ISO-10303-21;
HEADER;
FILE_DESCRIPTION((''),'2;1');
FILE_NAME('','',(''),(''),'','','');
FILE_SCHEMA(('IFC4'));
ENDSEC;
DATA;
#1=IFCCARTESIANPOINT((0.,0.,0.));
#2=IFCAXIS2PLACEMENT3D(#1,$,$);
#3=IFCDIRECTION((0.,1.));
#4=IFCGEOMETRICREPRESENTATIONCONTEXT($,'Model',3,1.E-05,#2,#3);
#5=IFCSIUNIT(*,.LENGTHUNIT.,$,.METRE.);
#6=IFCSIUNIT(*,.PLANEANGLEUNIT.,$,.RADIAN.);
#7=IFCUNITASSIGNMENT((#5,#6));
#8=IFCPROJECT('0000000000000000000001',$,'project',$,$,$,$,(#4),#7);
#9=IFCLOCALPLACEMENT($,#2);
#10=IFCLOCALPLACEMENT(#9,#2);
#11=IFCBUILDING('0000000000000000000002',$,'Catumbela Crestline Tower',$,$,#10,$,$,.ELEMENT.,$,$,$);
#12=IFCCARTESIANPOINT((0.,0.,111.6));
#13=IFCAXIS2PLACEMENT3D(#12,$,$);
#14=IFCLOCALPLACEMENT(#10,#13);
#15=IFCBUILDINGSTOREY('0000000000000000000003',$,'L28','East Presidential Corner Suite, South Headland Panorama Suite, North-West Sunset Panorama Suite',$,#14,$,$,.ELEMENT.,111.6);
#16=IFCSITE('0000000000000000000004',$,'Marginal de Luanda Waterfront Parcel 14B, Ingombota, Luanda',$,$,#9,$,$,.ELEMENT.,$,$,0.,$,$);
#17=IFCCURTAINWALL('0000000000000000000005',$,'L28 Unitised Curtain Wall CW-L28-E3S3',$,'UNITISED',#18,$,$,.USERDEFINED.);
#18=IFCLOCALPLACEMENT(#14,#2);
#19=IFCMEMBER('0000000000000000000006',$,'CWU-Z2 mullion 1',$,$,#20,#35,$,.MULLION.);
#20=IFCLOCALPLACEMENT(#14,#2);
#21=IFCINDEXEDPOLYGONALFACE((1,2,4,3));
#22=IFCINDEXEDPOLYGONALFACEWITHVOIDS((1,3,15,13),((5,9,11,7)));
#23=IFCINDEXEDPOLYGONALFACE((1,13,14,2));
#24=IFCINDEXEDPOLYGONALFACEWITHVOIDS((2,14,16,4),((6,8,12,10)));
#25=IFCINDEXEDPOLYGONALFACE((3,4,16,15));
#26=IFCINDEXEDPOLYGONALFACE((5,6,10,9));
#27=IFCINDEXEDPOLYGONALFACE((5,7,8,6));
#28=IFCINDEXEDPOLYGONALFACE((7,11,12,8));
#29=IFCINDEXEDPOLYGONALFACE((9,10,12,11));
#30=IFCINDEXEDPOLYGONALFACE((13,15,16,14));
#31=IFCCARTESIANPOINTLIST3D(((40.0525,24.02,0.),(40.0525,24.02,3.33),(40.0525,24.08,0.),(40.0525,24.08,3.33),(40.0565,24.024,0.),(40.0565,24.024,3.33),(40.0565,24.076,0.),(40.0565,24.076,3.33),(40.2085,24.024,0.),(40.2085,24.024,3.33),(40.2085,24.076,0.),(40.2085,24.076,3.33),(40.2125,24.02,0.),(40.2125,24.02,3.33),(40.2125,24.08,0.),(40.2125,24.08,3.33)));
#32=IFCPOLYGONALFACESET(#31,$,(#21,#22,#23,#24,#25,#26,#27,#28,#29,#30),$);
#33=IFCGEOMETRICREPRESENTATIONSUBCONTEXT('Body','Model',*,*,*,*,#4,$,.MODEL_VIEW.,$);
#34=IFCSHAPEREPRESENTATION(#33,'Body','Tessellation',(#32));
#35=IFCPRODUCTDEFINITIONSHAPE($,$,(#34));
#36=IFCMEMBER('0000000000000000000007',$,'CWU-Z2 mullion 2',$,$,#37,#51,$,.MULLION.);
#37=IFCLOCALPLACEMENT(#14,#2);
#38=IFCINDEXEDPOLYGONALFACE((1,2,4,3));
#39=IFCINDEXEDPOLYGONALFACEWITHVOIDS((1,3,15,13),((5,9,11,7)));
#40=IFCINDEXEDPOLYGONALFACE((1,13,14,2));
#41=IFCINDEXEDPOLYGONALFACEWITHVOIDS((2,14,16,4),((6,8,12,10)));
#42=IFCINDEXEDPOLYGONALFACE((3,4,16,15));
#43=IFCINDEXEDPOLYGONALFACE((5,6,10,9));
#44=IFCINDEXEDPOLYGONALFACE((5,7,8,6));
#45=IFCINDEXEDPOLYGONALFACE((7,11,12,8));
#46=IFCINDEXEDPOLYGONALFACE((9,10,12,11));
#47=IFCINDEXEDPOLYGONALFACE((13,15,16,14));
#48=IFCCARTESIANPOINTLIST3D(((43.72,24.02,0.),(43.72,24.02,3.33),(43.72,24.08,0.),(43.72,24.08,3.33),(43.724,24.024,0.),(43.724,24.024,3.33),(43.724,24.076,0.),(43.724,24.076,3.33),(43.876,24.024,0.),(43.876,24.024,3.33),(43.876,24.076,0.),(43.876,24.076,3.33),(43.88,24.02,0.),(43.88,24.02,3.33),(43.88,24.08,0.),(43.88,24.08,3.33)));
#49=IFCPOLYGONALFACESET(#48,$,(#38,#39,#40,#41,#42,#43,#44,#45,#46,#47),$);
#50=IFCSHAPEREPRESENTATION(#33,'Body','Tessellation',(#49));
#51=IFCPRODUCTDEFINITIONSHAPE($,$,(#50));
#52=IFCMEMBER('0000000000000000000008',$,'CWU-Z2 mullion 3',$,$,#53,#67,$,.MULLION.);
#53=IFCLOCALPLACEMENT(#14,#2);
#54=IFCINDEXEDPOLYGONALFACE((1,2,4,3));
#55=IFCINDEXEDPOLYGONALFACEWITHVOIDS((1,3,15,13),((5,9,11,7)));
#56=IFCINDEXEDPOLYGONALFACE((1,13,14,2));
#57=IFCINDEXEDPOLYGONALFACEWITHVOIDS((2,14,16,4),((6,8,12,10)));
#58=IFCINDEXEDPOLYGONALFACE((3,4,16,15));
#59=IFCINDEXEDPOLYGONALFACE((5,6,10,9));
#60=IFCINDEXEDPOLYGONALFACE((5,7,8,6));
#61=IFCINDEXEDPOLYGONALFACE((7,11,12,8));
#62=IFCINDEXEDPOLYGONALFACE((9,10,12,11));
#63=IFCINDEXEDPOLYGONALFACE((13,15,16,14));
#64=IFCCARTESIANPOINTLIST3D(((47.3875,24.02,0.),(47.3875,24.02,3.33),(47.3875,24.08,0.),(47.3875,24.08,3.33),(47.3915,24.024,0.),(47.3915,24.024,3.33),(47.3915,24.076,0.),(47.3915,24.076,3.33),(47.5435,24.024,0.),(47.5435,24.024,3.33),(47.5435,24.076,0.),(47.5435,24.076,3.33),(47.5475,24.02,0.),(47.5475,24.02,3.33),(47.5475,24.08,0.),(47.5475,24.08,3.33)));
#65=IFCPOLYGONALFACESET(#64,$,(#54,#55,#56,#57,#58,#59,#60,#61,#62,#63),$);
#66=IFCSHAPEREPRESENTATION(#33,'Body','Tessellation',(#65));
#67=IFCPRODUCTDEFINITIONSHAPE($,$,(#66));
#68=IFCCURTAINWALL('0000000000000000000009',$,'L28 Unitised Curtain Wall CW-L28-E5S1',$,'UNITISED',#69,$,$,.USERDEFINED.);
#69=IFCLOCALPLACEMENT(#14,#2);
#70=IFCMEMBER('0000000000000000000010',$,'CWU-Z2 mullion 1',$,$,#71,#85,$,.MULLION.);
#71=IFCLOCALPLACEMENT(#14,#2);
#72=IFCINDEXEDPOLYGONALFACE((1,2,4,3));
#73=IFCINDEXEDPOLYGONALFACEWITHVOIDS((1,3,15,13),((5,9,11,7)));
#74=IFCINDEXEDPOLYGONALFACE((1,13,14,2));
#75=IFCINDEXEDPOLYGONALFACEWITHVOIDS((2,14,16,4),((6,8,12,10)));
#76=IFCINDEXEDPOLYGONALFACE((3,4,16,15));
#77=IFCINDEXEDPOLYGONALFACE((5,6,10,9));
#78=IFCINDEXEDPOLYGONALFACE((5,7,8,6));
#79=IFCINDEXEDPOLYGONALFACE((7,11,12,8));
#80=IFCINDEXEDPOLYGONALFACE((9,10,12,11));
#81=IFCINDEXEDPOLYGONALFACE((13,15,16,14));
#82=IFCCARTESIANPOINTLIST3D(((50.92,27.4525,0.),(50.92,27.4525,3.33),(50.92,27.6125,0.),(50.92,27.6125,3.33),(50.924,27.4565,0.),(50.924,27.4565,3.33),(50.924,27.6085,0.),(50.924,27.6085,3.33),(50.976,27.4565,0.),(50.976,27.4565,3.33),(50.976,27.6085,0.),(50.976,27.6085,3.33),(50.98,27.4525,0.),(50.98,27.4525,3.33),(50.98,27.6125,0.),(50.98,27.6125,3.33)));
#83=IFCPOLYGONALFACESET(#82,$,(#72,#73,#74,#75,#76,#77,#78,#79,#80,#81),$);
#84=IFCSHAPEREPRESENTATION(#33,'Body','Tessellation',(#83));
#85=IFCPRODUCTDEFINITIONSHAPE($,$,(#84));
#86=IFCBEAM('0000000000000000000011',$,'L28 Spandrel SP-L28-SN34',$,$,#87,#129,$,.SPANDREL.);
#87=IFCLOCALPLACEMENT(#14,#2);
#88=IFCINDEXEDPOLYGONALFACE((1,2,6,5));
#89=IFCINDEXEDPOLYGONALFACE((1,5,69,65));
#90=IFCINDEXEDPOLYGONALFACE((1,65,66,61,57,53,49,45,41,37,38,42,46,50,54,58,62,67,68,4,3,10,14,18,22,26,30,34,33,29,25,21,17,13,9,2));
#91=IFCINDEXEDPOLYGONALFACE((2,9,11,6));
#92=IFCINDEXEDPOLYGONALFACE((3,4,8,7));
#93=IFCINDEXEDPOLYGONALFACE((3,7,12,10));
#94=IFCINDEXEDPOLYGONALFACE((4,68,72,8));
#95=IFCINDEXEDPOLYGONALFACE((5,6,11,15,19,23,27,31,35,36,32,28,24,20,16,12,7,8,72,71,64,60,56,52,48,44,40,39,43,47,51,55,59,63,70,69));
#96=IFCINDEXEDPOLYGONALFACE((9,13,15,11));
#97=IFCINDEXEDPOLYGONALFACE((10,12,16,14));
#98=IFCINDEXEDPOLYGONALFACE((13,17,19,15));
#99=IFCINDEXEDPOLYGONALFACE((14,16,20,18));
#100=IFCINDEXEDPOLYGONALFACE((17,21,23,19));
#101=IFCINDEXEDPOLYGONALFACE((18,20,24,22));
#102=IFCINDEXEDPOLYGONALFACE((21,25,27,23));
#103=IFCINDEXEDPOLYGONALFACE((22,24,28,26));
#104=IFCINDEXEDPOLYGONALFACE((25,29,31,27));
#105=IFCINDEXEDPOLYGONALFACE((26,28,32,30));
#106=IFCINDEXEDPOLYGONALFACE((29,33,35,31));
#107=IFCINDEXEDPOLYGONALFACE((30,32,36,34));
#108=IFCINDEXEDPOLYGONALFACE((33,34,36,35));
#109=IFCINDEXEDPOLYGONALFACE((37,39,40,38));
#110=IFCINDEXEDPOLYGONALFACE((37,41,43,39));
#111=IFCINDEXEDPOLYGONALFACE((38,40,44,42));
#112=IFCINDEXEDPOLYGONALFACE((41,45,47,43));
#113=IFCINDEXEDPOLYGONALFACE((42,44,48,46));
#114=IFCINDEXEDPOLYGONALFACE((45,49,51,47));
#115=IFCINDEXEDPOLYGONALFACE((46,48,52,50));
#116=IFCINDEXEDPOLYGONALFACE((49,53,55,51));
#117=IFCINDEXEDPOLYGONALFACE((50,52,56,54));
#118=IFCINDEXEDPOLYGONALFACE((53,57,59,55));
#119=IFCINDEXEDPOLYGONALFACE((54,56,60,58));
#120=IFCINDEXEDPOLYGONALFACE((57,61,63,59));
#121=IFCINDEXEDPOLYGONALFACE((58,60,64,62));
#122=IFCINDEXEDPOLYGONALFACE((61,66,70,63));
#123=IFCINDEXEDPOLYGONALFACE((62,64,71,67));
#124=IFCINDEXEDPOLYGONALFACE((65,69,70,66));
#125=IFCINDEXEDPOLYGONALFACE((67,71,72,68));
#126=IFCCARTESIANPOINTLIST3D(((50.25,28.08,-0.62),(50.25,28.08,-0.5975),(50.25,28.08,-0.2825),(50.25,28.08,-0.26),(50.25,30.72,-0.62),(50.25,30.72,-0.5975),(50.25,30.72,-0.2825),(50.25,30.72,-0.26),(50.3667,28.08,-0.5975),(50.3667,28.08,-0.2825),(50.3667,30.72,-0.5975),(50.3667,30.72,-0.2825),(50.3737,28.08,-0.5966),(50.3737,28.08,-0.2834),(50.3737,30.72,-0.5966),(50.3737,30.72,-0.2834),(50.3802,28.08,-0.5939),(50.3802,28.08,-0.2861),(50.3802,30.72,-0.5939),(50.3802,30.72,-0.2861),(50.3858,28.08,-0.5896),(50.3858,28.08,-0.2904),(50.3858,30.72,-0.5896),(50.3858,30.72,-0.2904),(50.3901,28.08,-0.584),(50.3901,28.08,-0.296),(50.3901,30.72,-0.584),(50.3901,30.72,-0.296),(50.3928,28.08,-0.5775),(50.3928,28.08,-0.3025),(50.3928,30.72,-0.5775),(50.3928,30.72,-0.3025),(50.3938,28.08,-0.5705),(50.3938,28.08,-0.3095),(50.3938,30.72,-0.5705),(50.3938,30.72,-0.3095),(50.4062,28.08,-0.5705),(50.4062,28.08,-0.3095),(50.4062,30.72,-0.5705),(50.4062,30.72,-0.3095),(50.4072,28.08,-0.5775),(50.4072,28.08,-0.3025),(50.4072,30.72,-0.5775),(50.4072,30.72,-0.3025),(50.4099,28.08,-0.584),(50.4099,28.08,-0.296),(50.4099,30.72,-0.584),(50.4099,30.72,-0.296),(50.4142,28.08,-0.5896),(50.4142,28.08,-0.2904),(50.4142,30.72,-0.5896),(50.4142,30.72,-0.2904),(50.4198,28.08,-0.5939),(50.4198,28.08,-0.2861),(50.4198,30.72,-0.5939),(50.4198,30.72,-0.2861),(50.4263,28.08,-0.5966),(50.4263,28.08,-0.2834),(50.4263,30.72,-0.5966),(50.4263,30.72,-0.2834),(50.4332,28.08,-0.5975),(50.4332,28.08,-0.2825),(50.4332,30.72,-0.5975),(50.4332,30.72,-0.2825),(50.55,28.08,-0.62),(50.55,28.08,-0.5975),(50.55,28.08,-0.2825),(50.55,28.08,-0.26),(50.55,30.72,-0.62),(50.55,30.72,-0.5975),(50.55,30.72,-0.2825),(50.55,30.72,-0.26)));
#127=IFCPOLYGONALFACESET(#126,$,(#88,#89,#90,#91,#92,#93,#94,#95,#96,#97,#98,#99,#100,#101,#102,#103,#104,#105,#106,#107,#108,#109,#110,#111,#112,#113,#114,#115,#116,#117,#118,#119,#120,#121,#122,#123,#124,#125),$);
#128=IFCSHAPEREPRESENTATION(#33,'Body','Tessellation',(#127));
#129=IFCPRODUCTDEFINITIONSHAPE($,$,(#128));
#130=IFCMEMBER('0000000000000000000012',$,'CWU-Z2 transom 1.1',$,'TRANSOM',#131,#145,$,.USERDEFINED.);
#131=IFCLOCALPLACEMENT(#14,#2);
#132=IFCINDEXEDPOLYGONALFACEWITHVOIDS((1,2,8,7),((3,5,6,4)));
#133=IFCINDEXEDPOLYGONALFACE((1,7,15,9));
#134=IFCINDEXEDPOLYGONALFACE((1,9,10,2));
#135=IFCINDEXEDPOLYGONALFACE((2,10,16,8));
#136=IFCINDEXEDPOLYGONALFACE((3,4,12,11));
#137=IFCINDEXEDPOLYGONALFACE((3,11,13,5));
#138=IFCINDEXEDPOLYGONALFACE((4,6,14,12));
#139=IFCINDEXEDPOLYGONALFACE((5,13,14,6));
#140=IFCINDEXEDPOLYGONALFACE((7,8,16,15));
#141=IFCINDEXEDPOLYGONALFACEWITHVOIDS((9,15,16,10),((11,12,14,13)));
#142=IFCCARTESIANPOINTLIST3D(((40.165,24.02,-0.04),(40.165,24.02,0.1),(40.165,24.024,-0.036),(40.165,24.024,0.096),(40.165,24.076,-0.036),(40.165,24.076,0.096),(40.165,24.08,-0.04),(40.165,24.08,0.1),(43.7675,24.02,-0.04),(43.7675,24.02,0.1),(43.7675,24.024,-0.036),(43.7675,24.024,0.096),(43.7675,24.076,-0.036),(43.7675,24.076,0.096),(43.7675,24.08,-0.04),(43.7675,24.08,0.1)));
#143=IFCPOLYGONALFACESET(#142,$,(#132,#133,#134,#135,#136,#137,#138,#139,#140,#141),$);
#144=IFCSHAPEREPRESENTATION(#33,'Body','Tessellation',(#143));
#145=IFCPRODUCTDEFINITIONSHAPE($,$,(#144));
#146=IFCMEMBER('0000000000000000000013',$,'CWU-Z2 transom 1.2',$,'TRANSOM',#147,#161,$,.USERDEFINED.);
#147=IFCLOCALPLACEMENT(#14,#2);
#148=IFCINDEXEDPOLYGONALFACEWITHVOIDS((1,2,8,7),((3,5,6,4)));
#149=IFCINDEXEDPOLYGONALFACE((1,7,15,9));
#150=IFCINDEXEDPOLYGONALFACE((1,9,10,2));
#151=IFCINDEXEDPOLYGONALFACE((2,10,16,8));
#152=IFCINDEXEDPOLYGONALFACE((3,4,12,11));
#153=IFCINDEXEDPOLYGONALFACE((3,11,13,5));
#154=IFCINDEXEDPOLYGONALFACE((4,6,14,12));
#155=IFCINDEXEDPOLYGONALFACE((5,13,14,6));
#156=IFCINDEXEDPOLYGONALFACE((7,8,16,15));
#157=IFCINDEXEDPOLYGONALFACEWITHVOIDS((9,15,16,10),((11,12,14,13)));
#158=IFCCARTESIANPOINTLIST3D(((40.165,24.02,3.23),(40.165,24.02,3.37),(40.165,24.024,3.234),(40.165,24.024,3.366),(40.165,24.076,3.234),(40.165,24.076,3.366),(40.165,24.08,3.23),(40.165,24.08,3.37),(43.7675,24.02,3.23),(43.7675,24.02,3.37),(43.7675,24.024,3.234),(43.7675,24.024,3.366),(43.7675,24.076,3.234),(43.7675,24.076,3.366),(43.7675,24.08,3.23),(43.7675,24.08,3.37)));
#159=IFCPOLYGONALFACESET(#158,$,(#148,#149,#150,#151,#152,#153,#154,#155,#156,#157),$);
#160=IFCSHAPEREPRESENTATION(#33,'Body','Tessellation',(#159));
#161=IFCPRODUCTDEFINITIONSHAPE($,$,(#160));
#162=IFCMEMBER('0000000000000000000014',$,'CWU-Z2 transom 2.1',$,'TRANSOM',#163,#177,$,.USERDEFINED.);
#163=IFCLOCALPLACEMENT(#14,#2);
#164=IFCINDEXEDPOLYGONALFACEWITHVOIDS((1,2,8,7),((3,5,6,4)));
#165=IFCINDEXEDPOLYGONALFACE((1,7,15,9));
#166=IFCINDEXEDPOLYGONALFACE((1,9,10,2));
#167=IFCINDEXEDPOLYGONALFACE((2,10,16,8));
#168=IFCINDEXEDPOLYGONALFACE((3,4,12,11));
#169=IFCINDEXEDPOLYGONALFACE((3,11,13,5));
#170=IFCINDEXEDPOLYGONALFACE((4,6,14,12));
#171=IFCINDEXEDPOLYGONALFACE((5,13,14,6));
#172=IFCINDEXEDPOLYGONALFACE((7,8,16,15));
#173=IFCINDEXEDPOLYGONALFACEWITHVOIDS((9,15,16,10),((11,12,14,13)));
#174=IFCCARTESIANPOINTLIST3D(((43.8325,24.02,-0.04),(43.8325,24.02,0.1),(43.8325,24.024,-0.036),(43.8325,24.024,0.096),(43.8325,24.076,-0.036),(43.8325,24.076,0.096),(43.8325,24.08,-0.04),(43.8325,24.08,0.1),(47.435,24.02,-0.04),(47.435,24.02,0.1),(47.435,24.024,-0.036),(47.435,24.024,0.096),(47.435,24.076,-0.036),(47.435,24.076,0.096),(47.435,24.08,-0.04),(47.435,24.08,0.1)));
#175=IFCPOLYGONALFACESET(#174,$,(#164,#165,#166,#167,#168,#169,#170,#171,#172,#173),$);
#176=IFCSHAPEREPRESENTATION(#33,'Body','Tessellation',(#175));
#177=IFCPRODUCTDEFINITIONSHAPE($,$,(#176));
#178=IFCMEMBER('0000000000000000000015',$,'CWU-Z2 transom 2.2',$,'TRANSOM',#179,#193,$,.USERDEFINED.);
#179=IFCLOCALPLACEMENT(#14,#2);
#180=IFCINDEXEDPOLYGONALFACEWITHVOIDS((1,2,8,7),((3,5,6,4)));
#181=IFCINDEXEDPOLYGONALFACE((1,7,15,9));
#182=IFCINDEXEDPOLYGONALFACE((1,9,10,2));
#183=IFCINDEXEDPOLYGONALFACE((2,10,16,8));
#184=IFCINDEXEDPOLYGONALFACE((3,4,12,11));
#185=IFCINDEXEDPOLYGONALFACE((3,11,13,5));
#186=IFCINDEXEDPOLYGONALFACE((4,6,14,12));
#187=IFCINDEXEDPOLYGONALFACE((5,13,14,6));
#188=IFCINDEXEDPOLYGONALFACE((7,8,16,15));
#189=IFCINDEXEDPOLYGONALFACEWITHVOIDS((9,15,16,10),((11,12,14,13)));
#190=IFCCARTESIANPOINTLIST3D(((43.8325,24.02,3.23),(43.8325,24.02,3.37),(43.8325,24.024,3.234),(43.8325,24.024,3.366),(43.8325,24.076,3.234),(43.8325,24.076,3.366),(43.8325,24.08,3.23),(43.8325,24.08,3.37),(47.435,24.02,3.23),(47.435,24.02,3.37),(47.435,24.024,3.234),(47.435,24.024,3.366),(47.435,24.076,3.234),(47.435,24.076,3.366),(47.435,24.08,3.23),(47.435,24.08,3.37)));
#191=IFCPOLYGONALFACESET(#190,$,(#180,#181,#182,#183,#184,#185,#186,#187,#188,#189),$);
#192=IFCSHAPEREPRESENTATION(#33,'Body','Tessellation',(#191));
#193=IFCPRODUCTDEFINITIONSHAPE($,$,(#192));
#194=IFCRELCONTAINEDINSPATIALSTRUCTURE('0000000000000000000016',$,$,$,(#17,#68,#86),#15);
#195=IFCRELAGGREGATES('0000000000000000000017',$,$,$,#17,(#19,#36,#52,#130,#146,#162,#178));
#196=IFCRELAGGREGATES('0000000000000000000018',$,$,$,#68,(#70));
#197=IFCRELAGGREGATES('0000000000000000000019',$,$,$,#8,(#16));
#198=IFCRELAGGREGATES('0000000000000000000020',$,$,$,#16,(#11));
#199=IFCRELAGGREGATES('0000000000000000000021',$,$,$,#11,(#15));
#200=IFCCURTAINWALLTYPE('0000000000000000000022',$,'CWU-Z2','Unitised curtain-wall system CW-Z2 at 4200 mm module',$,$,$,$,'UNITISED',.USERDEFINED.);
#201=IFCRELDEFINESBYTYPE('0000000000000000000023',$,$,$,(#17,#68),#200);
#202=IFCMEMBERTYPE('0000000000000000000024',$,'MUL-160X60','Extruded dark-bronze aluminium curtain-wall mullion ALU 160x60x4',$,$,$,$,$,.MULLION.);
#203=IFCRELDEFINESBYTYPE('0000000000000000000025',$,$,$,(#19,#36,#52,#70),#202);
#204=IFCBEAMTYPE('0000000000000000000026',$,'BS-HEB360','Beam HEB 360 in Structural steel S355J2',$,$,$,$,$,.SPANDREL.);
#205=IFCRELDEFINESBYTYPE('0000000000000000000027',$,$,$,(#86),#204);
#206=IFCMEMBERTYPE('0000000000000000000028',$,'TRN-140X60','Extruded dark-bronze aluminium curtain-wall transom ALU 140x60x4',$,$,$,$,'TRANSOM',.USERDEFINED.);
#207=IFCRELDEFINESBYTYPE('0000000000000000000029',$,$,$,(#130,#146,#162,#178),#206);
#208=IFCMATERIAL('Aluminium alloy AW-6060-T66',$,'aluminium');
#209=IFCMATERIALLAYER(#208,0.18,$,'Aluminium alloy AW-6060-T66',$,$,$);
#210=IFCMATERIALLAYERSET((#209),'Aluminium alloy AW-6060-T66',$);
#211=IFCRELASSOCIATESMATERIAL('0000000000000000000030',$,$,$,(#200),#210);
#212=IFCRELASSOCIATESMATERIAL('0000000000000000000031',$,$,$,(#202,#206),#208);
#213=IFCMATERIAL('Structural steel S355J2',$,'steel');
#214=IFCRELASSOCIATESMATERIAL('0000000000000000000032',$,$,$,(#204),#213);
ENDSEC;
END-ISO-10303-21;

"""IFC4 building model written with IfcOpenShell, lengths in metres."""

from ifc_helpers import new_model, si_unit, direction, frame, origin, origin_2d, place, context, subcontext, project, spatial, hollow_rectangle, i_section, extrude, material, layer, layer_set, material_profile, profile_set, type_object, element, aggregate, save


model = new_model("IFC4")

# Units and contexts
model_context = context("Model", 3, precision=1e-05, world=origin(), true_north=direction((0.0, 1.0)))
body_context = subcontext(model_context, "Body", "Model", "MODEL_VIEW")
ifc_project = project(units=[si_unit("LENGTHUNIT", "METRE"), si_unit("PLANEANGLEUNIT", "RADIAN")], contexts=[model_context])

# Site, building, storey
site_placement = place(None, origin())
site = spatial("IfcSite", under=ifc_project, at=site_placement, Name="Marginal de Luanda Waterfront Parcel 14B, Ingombota, Luanda", CompositionType="ELEMENT", RefElevation=0.0)
building_placement = place(site_placement, origin())
building = spatial("IfcBuilding", under=site, at=building_placement, Name="Catumbela Crestline Tower", CompositionType="ELEMENT")
storey_placement = place(building_placement, frame((0.0, 0.0, 111.6)))
storey = spatial("IfcBuildingStorey", under=building, at=storey_placement, Name="L28", Description="East Presidential Corner Suite, South Headland Panorama Suite, North-West Sunset Panorama Suite", CompositionType="ELEMENT", Elevation=111.6)

# Shared definitions
ifc_material_1 = material(Name="Structural steel S355J2", Category="steel")

# Curtain wall, members
ifc_material_2 = material(Name="Aluminium alloy AW-6060-T66", Category="aluminium")
ifc_layer_1 = layer(ifc_material_2, 0.18, Name="Aluminium alloy AW-6060-T66")
ifc_layer_set_1 = layer_set([ifc_layer_1], Name="Aluminium alloy AW-6060-T66")
curtain_wall_type = type_object("IfcCurtainWallType", Name="CWU-Z2", Description="Unitised curtain-wall system CW-Z2 at 4200 mm module", ElementType="UNITISED", PredefinedType="USERDEFINED", material=ifc_layer_set_1)
curtain_wall_1_placement = place(storey_placement, origin())
curtain_wall_1 = element("IfcCurtainWall", 1, at=curtain_wall_1_placement, inside=storey, type_object=curtain_wall_type, Name="L28 Unitised Curtain Wall CW-L28-E3S3", ObjectType="UNITISED", PredefinedType="USERDEFINED")
ifc_material_profile_1 = material_profile(ifc_material_2, hollow_rectangle(XDim=0.06, YDim=0.16, WallThickness=0.004, at=origin_2d()), Name="ALU 160x60x4")
ifc_profile_set_1 = profile_set([ifc_material_profile_1], Name="Aluminium alloy AW-6060-T66")
member_type_1 = type_object("IfcMemberType", Name="MUL-160X60", Description="Extruded dark-bronze aluminium curtain-wall mullion ALU 160x60x4", PredefinedType="MULLION", material=ifc_profile_set_1)
member_1_placement = place(storey_placement, frame((40.1325, 24.05, 0.0), z_axis=(0.0, 0.0, 1.0), x_axis=(0.0, 1.0, 0.0)))
member_1 = element("IfcMember", 2, at=member_1_placement, type_object=member_type_1, Name="CWU-Z2 mullion 1", PredefinedType="MULLION", context=body_context, shape_type="SweptSolid", body=[
    extrude(hollow_rectangle(XDim=0.06, YDim=0.16, WallThickness=0.004, at=origin_2d()), origin(), (0.0, 0.0, 1.0), 3.33),
])
member_2_placement = place(storey_placement, frame((43.8, 24.05, 0.0), z_axis=(0.0, 0.0, 1.0), x_axis=(0.0, 1.0, 0.0)))
member_2 = element("IfcMember", 3, at=member_2_placement, type_object=member_type_1, Name="CWU-Z2 mullion 2", PredefinedType="MULLION", context=body_context, shape_type="SweptSolid", body=[
    extrude(hollow_rectangle(XDim=0.06, YDim=0.16, WallThickness=0.004, at=origin_2d()), origin(), (0.0, 0.0, 1.0), 3.33),
])
member_3_placement = place(storey_placement, frame((47.4675, 24.05, 0.0), z_axis=(0.0, 0.0, 1.0), x_axis=(0.0, 1.0, 0.0)))
member_3 = element("IfcMember", 4, at=member_3_placement, type_object=member_type_1, Name="CWU-Z2 mullion 3", PredefinedType="MULLION", context=body_context, shape_type="SweptSolid", body=[
    extrude(hollow_rectangle(XDim=0.06, YDim=0.16, WallThickness=0.004, at=origin_2d()), origin(), (0.0, 0.0, 1.0), 3.33),
])

# Curtain wall, member
curtain_wall_2_placement = place(storey_placement, origin())
curtain_wall_2 = element("IfcCurtainWall", 5, at=curtain_wall_2_placement, inside=storey, type_object=curtain_wall_type, Name="L28 Unitised Curtain Wall CW-L28-E5S1", ObjectType="UNITISED", PredefinedType="USERDEFINED")
member_4_placement = place(storey_placement, frame((50.95, 27.5325, 0.0), z_axis=(0.0, 0.0, 1.0), x_axis=(-1.0, 0.0, 0.0)))
member_4 = element("IfcMember", 6, at=member_4_placement, type_object=member_type_1, Name="CWU-Z2 mullion 1", PredefinedType="MULLION", context=body_context, shape_type="SweptSolid", body=[
    extrude(hollow_rectangle(XDim=0.06, YDim=0.16, WallThickness=0.004, at=origin_2d()), origin(), (0.0, 0.0, 1.0), 3.33),
])

# Beam
ifc_material_profile_2 = material_profile(ifc_material_1, i_section(OverallWidth=0.3, OverallDepth=0.36, WebThickness=0.0125, FlangeThickness=0.0225, FilletRadius=0.027, at=origin_2d()), Name="HEB 360")
ifc_profile_set_2 = profile_set([ifc_material_profile_2], Name="Structural steel S355J2")
beam_type_1 = type_object("IfcBeamType", Name="BS-HEB360", Description="Beam HEB 360 in Structural steel S355J2", PredefinedType="SPANDREL", material=ifc_profile_set_2)
beam_1_placement = place(storey_placement, frame((50.4, 28.08, -0.44), z_axis=(0.0, 1.0, 0.0), x_axis=(-1.0, 0.0, 0.0)))
element("IfcBeam", 7, at=beam_1_placement, inside=storey, type_object=beam_type_1, Name="L28 Spandrel SP-L28-SN34", PredefinedType="SPANDREL", context=body_context, shape_type="SweptSolid", body=[
    extrude(i_section(OverallWidth=0.3, OverallDepth=0.36, WebThickness=0.0125, FlangeThickness=0.0225, FilletRadius=0.027, at=origin_2d()), origin(), (0.0, 0.0, 1.0), 2.64),
])

# Members
ifc_material_profile_3 = material_profile(ifc_material_2, hollow_rectangle(XDim=0.06, YDim=0.14, WallThickness=0.004, at=origin_2d()), Name="ALU 140x60x4")
ifc_profile_set_3 = profile_set([ifc_material_profile_3], Name="Aluminium alloy AW-6060-T66")
member_type_2 = type_object("IfcMemberType", Name="TRN-140X60", Description="Extruded dark-bronze aluminium curtain-wall transom ALU 140x60x4", ElementType="TRANSOM", PredefinedType="USERDEFINED", material=ifc_profile_set_3)
member_5_placement = place(storey_placement, frame((40.165, 24.05, 0.03), z_axis=(1.0, 0.0, 0.0), x_axis=(0.0, 1.0, 0.0)))
member_5 = element("IfcMember", 8, at=member_5_placement, type_object=member_type_2, Name="CWU-Z2 transom 1.1", ObjectType="TRANSOM", PredefinedType="USERDEFINED", context=body_context, shape_type="SweptSolid", body=[
    extrude(hollow_rectangle(XDim=0.06, YDim=0.14, WallThickness=0.004, at=origin_2d()), origin(), (0.0, 0.0, 1.0), 3.6025),
])
member_6_placement = place(storey_placement, frame((40.165, 24.05, 3.3), z_axis=(1.0, 0.0, 0.0), x_axis=(0.0, 1.0, 0.0)))
member_6 = element("IfcMember", 9, at=member_6_placement, type_object=member_type_2, Name="CWU-Z2 transom 1.2", ObjectType="TRANSOM", PredefinedType="USERDEFINED", context=body_context, shape_type="SweptSolid", body=[
    extrude(hollow_rectangle(XDim=0.06, YDim=0.14, WallThickness=0.004, at=origin_2d()), origin(), (0.0, 0.0, 1.0), 3.6025),
])
member_7_placement = place(storey_placement, frame((43.8325, 24.05, 0.03), z_axis=(1.0, 0.0, 0.0), x_axis=(0.0, 1.0, 0.0)))
member_7 = element("IfcMember", 10, at=member_7_placement, type_object=member_type_2, Name="CWU-Z2 transom 2.1", ObjectType="TRANSOM", PredefinedType="USERDEFINED", context=body_context, shape_type="SweptSolid", body=[
    extrude(hollow_rectangle(XDim=0.06, YDim=0.14, WallThickness=0.004, at=origin_2d()), origin(), (0.0, 0.0, 1.0), 3.6025),
])
member_8_placement = place(storey_placement, frame((43.8325, 24.05, 3.3), z_axis=(1.0, 0.0, 0.0), x_axis=(0.0, 1.0, 0.0)))
member_8 = element("IfcMember", 11, at=member_8_placement, type_object=member_type_2, Name="CWU-Z2 transom 2.2", ObjectType="TRANSOM", PredefinedType="USERDEFINED", context=body_context, shape_type="SweptSolid", body=[
    extrude(hollow_rectangle(XDim=0.06, YDim=0.14, WallThickness=0.004, at=origin_2d()), origin(), (0.0, 0.0, 1.0), 3.6025),
])

aggregate(curtain_wall_1, [member_1, member_2, member_3, member_5, member_6, member_7, member_8])
aggregate(curtain_wall_2, [member_4])

save(model, "model.ifc")
